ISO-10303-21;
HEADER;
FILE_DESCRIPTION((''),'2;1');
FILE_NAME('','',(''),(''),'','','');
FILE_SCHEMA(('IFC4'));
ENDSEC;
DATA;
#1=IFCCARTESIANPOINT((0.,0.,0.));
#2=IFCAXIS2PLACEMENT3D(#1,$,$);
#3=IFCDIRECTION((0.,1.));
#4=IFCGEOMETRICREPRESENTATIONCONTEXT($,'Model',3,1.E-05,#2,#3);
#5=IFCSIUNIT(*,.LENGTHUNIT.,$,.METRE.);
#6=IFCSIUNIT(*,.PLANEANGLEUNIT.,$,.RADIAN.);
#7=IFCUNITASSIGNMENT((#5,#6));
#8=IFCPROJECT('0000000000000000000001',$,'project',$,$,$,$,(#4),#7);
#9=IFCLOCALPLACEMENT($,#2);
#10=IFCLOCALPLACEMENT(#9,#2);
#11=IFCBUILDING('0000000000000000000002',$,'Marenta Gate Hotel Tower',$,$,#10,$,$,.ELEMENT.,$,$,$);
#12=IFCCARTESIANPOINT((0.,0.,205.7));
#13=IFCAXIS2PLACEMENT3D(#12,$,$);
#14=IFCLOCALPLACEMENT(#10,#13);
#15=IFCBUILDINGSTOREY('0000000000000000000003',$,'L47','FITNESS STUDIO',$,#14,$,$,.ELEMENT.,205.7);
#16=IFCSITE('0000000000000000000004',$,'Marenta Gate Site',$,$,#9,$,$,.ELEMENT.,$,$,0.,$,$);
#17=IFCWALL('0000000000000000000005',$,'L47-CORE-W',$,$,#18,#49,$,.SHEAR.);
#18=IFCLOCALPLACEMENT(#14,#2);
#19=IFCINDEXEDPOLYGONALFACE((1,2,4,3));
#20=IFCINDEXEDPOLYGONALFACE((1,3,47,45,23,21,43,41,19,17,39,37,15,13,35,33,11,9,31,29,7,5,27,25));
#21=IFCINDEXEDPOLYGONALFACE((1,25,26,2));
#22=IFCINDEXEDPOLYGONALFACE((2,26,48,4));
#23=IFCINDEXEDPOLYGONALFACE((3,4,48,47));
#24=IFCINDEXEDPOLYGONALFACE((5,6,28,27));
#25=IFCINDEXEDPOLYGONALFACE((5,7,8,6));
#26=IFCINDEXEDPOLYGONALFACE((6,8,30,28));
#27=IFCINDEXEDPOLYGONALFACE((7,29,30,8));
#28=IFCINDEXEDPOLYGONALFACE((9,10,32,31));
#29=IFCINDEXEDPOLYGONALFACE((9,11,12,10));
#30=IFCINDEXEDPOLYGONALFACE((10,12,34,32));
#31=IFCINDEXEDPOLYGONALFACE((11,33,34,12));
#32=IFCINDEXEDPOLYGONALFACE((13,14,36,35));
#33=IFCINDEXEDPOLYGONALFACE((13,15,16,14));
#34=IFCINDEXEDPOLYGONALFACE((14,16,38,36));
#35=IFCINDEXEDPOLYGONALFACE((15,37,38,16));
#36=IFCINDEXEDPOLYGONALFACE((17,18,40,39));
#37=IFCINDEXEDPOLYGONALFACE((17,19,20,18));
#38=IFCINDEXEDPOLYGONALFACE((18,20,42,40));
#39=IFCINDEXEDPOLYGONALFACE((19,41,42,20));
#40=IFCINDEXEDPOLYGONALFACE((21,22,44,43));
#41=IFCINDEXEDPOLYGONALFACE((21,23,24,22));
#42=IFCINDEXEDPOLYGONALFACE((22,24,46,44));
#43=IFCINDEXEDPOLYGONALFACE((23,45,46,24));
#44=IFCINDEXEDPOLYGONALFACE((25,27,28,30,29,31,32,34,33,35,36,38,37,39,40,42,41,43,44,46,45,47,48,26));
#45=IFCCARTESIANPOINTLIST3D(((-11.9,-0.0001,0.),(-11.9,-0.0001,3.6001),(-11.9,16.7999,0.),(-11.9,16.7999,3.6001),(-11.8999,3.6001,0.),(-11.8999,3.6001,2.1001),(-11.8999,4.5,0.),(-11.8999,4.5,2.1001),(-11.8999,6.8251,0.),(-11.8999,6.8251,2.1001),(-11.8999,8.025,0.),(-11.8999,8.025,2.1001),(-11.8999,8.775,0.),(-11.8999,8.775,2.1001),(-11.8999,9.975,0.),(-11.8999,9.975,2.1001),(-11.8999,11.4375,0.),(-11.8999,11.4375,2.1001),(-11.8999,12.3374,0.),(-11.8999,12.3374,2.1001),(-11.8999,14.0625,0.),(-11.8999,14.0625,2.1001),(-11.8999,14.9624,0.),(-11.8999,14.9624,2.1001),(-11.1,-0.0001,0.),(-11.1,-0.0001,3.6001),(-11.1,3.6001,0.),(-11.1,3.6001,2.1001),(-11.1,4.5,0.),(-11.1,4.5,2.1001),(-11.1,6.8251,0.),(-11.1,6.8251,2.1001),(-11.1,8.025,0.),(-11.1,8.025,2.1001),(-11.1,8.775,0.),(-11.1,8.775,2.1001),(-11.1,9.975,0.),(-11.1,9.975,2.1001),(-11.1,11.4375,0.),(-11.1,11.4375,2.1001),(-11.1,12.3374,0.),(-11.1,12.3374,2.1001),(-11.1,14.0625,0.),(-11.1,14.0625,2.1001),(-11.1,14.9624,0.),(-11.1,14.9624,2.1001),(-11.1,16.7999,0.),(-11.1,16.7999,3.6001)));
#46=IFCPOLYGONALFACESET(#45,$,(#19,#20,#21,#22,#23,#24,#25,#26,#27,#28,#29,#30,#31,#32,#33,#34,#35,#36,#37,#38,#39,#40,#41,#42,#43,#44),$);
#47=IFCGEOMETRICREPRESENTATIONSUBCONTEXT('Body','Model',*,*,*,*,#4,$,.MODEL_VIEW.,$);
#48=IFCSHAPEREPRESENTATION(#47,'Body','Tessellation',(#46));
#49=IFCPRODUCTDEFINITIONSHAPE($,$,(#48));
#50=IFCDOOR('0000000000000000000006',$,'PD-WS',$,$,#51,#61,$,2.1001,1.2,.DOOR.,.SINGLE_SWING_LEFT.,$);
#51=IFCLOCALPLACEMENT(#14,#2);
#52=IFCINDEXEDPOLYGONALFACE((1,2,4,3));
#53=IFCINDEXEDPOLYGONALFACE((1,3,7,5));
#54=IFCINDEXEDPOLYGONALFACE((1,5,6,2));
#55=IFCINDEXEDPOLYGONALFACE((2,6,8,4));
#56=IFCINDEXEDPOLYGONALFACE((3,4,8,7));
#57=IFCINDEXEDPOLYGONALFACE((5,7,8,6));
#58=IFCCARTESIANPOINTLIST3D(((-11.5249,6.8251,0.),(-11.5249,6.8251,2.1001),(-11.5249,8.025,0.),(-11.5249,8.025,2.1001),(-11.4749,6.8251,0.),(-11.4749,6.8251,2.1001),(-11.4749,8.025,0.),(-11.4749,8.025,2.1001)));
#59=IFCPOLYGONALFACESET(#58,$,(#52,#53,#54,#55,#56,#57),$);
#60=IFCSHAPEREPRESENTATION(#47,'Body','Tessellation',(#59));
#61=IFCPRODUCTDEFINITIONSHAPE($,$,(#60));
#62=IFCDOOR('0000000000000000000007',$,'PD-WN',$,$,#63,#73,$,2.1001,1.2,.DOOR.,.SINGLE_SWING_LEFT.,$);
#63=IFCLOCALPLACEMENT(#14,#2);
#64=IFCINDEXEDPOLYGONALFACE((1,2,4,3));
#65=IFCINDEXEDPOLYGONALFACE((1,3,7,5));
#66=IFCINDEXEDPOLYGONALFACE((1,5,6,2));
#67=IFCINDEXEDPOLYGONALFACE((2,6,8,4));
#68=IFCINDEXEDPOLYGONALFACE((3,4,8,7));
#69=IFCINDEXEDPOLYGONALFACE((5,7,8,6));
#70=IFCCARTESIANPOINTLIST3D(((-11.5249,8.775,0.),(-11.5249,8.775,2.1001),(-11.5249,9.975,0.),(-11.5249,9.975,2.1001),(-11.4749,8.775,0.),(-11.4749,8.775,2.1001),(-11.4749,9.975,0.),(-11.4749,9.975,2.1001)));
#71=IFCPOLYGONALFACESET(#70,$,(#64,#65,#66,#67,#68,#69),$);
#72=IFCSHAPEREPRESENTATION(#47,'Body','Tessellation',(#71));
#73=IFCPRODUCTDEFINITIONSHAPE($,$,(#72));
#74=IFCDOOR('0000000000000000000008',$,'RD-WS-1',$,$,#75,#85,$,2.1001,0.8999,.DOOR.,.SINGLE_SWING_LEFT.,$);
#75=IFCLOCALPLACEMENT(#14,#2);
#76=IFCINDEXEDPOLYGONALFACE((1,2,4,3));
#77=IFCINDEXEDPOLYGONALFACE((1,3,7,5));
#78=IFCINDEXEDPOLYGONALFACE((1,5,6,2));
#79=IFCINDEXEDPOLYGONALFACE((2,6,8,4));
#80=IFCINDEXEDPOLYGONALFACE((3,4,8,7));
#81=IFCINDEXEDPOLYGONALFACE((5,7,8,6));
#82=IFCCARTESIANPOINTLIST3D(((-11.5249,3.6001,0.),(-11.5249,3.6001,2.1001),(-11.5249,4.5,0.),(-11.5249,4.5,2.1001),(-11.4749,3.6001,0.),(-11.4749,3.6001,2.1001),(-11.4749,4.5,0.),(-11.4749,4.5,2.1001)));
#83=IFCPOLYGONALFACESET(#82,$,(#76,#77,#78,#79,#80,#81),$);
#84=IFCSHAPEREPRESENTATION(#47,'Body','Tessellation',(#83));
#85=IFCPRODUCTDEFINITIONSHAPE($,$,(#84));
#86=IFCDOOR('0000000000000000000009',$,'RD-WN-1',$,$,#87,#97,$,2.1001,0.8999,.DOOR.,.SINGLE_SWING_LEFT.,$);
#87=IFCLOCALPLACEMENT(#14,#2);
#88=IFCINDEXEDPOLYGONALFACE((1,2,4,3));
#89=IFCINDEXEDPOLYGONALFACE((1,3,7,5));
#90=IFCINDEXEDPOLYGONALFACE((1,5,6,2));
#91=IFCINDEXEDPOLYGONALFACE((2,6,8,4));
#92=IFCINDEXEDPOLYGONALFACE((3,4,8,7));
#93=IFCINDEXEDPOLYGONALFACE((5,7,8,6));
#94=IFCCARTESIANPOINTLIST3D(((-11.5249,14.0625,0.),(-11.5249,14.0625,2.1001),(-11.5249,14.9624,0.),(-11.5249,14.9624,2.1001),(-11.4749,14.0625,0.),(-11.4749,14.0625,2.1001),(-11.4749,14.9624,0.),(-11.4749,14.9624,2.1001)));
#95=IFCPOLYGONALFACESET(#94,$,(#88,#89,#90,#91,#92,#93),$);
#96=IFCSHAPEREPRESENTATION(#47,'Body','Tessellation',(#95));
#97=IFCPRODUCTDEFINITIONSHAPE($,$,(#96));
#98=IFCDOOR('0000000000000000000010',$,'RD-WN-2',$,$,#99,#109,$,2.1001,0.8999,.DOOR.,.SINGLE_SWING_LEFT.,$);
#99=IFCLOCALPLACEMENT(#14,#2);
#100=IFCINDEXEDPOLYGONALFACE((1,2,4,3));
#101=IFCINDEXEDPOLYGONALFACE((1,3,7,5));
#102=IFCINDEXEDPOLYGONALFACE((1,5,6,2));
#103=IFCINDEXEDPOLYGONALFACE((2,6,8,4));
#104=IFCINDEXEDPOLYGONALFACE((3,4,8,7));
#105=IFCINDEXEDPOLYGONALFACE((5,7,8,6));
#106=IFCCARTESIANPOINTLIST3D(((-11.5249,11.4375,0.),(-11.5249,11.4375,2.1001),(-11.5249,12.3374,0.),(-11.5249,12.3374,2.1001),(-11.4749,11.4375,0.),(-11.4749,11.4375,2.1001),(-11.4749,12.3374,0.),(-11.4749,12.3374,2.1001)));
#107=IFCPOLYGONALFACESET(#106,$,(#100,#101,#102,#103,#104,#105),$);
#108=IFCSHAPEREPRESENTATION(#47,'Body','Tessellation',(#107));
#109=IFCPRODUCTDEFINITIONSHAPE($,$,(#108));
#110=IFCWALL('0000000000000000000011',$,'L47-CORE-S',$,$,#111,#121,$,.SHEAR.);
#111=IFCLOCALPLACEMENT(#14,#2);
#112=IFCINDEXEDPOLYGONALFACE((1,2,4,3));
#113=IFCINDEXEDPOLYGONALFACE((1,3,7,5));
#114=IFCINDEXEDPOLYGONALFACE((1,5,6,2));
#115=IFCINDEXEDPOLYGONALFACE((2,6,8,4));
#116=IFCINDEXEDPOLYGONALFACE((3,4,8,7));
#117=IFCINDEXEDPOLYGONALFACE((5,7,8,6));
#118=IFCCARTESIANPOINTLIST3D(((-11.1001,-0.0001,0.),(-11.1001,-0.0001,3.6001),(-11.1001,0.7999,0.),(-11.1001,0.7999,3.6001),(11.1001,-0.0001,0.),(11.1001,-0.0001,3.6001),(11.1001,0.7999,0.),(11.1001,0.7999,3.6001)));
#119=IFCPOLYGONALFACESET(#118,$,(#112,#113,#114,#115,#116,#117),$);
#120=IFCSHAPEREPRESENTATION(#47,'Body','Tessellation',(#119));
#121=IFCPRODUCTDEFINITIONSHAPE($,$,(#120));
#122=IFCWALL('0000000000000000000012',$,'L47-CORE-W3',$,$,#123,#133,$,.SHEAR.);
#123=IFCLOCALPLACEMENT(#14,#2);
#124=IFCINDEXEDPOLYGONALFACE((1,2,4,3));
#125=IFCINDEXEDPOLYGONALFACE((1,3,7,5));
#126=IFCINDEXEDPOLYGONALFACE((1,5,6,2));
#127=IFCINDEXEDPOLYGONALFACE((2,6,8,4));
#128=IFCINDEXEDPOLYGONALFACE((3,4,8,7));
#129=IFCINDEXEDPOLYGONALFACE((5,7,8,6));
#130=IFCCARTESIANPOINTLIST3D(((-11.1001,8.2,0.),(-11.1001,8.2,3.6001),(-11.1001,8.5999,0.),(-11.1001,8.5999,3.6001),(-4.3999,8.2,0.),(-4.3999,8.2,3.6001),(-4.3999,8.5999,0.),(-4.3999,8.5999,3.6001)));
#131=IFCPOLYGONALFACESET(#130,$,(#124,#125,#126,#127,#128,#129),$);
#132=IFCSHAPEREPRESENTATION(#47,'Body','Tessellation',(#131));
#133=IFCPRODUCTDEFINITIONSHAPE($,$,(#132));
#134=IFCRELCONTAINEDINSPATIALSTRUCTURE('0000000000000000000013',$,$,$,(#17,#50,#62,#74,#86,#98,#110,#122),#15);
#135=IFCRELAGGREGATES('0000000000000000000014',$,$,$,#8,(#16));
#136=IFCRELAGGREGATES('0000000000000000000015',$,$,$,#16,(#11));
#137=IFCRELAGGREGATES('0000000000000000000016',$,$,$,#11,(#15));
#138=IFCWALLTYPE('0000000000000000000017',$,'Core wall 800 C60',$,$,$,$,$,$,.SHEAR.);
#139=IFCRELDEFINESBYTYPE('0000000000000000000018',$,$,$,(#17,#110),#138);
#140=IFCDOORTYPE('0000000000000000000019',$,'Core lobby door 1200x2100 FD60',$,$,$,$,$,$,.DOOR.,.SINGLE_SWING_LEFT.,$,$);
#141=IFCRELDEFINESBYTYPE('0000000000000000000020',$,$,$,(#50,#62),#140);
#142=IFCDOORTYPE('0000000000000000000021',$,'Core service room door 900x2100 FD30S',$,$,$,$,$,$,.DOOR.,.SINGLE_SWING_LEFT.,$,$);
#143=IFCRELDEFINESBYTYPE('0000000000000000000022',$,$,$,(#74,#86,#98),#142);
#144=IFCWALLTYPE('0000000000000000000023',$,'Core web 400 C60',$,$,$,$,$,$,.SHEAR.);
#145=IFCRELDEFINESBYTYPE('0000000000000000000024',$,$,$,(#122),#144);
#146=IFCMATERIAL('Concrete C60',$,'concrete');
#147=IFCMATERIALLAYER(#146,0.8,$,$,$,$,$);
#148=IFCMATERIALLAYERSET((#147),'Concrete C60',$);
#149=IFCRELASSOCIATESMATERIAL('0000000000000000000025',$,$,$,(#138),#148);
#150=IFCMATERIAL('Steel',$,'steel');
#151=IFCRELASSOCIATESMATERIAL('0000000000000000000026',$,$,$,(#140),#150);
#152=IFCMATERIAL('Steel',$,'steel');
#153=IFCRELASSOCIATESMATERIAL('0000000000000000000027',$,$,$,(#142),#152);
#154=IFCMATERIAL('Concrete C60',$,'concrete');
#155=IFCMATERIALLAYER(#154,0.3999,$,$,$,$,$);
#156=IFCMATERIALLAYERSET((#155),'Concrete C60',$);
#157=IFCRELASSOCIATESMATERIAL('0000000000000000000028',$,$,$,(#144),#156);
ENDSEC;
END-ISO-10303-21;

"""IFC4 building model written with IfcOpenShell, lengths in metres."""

from ifc_helpers import new_model, si_unit, direction, frame, frame_2d, origin, place, context, subcontext, project, spatial, rectangle, extrude, material, layer, layer_set, type_object, element, fill, save


model = new_model("IFC4")

# Units and contexts
model_context = context("Model", 3, precision=1e-05, world=origin(), true_north=direction((0.0, 1.0)))
body_context = subcontext(model_context, "Body", "Model", "MODEL_VIEW")
ifc_project = project(units=[si_unit("LENGTHUNIT", "METRE"), si_unit("PLANEANGLEUNIT", "RADIAN")], contexts=[model_context])

# Site, building, storey
site_placement = place(None, origin())
site = spatial("IfcSite", under=ifc_project, at=site_placement, Name="Marenta Gate Site", CompositionType="ELEMENT", RefElevation=0.0)
building_placement = place(site_placement, origin())
building = spatial("IfcBuilding", under=site, at=building_placement, Name="Marenta Gate Hotel Tower", CompositionType="ELEMENT")
storey_placement = place(building_placement, frame((0.0, 0.0, 205.7)))
storey = spatial("IfcBuildingStorey", under=building, at=storey_placement, Name="L47", Description="FITNESS STUDIO", CompositionType="ELEMENT", Elevation=205.7)

# Wall, openings, doors
ifc_material_1 = material(Name="Concrete C60", Category="concrete")
ifc_layer_1 = layer(ifc_material_1, 0.8)
ifc_layer_set_1 = layer_set([ifc_layer_1], Name="Concrete C60")
wall_type_1 = type_object("IfcWallType", Name="Core wall 800 C60", PredefinedType="SHEAR", material=ifc_layer_set_1)
wall_1_placement = place(storey_placement, frame((-11.5, 0.0, 0.0), z_axis=(0.0, 0.0, 1.0), x_axis=(0.0, 1.0, 0.0)))
wall_1 = element("IfcWall", 1, at=wall_1_placement, inside=storey, type_object=wall_type_1, Name="L47-CORE-W", PredefinedType="SHEAR", context=body_context, shape_type="SweptSolid", body=[
    extrude(rectangle(XDim=16.8, YDim=0.8, at=frame_2d((8.3999, 0.0))), origin(), (0.0, 0.0, 1.0), 3.6001),
])
opening_1_placement = place(wall_1_placement, frame((3.6001, 0.0, 0.0)))
opening_1 = element("IfcOpeningElement", 2, at=opening_1_placement, cuts=wall_1, PredefinedType="OPENING", context=body_context, shape_type="SweptSolid", body=[
    extrude(rectangle(XDim=0.8999, YDim=2.1001, at=frame_2d((0.45, 1.05))), frame((0.0, 0.3999, 0.0), z_axis=(0.0, -1.0, 0.0), x_axis=(1.0, 0.0, 0.0)), (0.0, 0.0, 1.0), 0.8),
])
opening_2_placement = place(wall_1_placement, frame((6.825, 0.0, 0.0)))
opening_2 = element("IfcOpeningElement", 3, at=opening_2_placement, cuts=wall_1, PredefinedType="OPENING", context=body_context, shape_type="SweptSolid", body=[
    extrude(rectangle(XDim=1.2, YDim=2.1001, at=frame_2d((0.6001, 1.05))), frame((0.0, 0.3999, 0.0), z_axis=(0.0, -1.0, 0.0), x_axis=(1.0, 0.0, 0.0)), (0.0, 0.0, 1.0), 0.8),
])
opening_3_placement = place(wall_1_placement, frame((14.0625, 0.0, 0.0)))
opening_3 = element("IfcOpeningElement", 4, at=opening_3_placement, cuts=wall_1, PredefinedType="OPENING", context=body_context, shape_type="SweptSolid", body=[
    extrude(rectangle(XDim=0.8999, YDim=2.1001, at=frame_2d((0.45, 1.05))), frame((0.0, 0.3999, 0.0), z_axis=(0.0, -1.0, 0.0), x_axis=(1.0, 0.0, 0.0)), (0.0, 0.0, 1.0), 0.8),
])
opening_4_placement = place(wall_1_placement, frame((11.4375, 0.0, 0.0)))
opening_4 = element("IfcOpeningElement", 5, at=opening_4_placement, cuts=wall_1, PredefinedType="OPENING", context=body_context, shape_type="SweptSolid", body=[
    extrude(rectangle(XDim=0.8999, YDim=2.1001, at=frame_2d((0.45, 1.05))), frame((0.0, 0.3999, 0.0), z_axis=(0.0, -1.0, 0.0), x_axis=(1.0, 0.0, 0.0)), (0.0, 0.0, 1.0), 0.8),
])
opening_5_placement = place(wall_1_placement, frame((8.7749, 0.0, 0.0)))
opening_5 = element("IfcOpeningElement", 6, at=opening_5_placement, cuts=wall_1, PredefinedType="OPENING", context=body_context, shape_type="SweptSolid", body=[
    extrude(rectangle(XDim=1.2, YDim=2.1001, at=frame_2d((0.6001, 1.05))), frame((0.0, 0.3999, 0.0), z_axis=(0.0, -1.0, 0.0), x_axis=(1.0, 0.0, 0.0)), (0.0, 0.0, 1.0), 0.8),
])
ifc_material_2 = material(Name="Steel", Category="steel")
door_type_1 = type_object("IfcDoorType", Name="Core lobby door 1200x2100 FD60", OperationType="SINGLE_SWING_LEFT", PredefinedType="DOOR", material=ifc_material_2)
door_1_placement = place(opening_2_placement, origin())
door_1 = element("IfcDoor", 7, at=door_1_placement, inside=storey, type_object=door_type_1, Name="PD-WS", OperationType="SINGLE_SWING_LEFT", OverallHeight=2.1001, OverallWidth=1.2, PredefinedType="DOOR", context=body_context, shape_type="SweptSolid", body=[
    extrude(rectangle(XDim=1.2, YDim=2.1001, at=frame_2d((0.6001, 1.05))), frame((0.0, 0.0249, 0.0), z_axis=(0.0, -1.0, 0.0), x_axis=(1.0, 0.0, 0.0)), (0.0, 0.0, 1.0), 0.05),
])
fill(opening_2, door_1)
door_2_placement = place(opening_5_placement, origin())
door_2 = element("IfcDoor", 8, at=door_2_placement, inside=storey, type_object=door_type_1, Name="PD-WN", OperationType="SINGLE_SWING_LEFT", OverallHeight=2.1001, OverallWidth=1.2, PredefinedType="DOOR", context=body_context, shape_type="SweptSolid", body=[
    extrude(rectangle(XDim=1.2, YDim=2.1001, at=frame_2d((0.6001, 1.05))), frame((0.0, 0.0249, 0.0), z_axis=(0.0, -1.0, 0.0), x_axis=(1.0, 0.0, 0.0)), (0.0, 0.0, 1.0), 0.05),
])
fill(opening_5, door_2)
ifc_material_3 = material(Name="Steel", Category="steel")
door_type_2 = type_object("IfcDoorType", Name="Core service room door 900x2100 FD30S", OperationType="SINGLE_SWING_LEFT", PredefinedType="DOOR", material=ifc_material_3)
door_3_placement = place(opening_1_placement, origin())
door_3 = element("IfcDoor", 9, at=door_3_placement, inside=storey, type_object=door_type_2, Name="RD-WS-1", OperationType="SINGLE_SWING_LEFT", OverallHeight=2.1001, OverallWidth=0.8999, PredefinedType="DOOR", context=body_context, shape_type="SweptSolid", body=[
    extrude(rectangle(XDim=0.8999, YDim=2.1001, at=frame_2d((0.45, 1.05))), frame((0.0, 0.0249, 0.0), z_axis=(0.0, -1.0, 0.0), x_axis=(1.0, 0.0, 0.0)), (0.0, 0.0, 1.0), 0.05),
])
fill(opening_1, door_3)
door_4_placement = place(opening_3_placement, origin())
door_4 = element("IfcDoor", 10, at=door_4_placement, inside=storey, type_object=door_type_2, Name="RD-WN-1", OperationType="SINGLE_SWING_LEFT", OverallHeight=2.1001, OverallWidth=0.8999, PredefinedType="DOOR", context=body_context, shape_type="SweptSolid", body=[
    extrude(rectangle(XDim=0.8999, YDim=2.1001, at=frame_2d((0.45, 1.05))), frame((0.0, 0.0249, 0.0), z_axis=(0.0, -1.0, 0.0), x_axis=(1.0, 0.0, 0.0)), (0.0, 0.0, 1.0), 0.05),
])
fill(opening_3, door_4)
door_5_placement = place(opening_4_placement, origin())
door_5 = element("IfcDoor", 11, at=door_5_placement, inside=storey, type_object=door_type_2, Name="RD-WN-2", OperationType="SINGLE_SWING_LEFT", OverallHeight=2.1001, OverallWidth=0.8999, PredefinedType="DOOR", context=body_context, shape_type="SweptSolid", body=[
    extrude(rectangle(XDim=0.8999, YDim=2.1001, at=frame_2d((0.45, 1.05))), frame((0.0, 0.0249, 0.0), z_axis=(0.0, -1.0, 0.0), x_axis=(1.0, 0.0, 0.0)), (0.0, 0.0, 1.0), 0.05),
])
fill(opening_4, door_5)

# Walls
wall_2_placement = place(storey_placement, frame((-11.1001, 0.3999, 0.0), z_axis=(0.0, 0.0, 1.0), x_axis=(1.0, 0.0, 0.0)))
element("IfcWall", 12, at=wall_2_placement, inside=storey, type_object=wall_type_1, Name="L47-CORE-S", PredefinedType="SHEAR", context=body_context, shape_type="SweptSolid", body=[
    extrude(rectangle(XDim=22.2002, YDim=0.8, at=frame_2d((11.1001, 0.0))), origin(), (0.0, 0.0, 1.0), 3.6001),
])
ifc_material_4 = material(Name="Concrete C60", Category="concrete")
ifc_layer_2 = layer(ifc_material_4, 0.3999)
ifc_layer_set_2 = layer_set([ifc_layer_2], Name="Concrete C60")
wall_type_2 = type_object("IfcWallType", Name="Core web 400 C60", PredefinedType="SHEAR", material=ifc_layer_set_2)
wall_3_placement = place(storey_placement, frame((-11.1001, 8.3999, 0.0), z_axis=(0.0, 0.0, 1.0), x_axis=(1.0, 0.0, 0.0)))
element("IfcWall", 13, at=wall_3_placement, inside=storey, type_object=wall_type_2, Name="L47-CORE-W3", PredefinedType="SHEAR", context=body_context, shape_type="SweptSolid", body=[
    extrude(rectangle(XDim=6.7002, YDim=0.3999, at=frame_2d((3.3501, 0.0))), origin(), (0.0, 0.0, 1.0), 3.6001),
])

save(model, "model.ifc")
